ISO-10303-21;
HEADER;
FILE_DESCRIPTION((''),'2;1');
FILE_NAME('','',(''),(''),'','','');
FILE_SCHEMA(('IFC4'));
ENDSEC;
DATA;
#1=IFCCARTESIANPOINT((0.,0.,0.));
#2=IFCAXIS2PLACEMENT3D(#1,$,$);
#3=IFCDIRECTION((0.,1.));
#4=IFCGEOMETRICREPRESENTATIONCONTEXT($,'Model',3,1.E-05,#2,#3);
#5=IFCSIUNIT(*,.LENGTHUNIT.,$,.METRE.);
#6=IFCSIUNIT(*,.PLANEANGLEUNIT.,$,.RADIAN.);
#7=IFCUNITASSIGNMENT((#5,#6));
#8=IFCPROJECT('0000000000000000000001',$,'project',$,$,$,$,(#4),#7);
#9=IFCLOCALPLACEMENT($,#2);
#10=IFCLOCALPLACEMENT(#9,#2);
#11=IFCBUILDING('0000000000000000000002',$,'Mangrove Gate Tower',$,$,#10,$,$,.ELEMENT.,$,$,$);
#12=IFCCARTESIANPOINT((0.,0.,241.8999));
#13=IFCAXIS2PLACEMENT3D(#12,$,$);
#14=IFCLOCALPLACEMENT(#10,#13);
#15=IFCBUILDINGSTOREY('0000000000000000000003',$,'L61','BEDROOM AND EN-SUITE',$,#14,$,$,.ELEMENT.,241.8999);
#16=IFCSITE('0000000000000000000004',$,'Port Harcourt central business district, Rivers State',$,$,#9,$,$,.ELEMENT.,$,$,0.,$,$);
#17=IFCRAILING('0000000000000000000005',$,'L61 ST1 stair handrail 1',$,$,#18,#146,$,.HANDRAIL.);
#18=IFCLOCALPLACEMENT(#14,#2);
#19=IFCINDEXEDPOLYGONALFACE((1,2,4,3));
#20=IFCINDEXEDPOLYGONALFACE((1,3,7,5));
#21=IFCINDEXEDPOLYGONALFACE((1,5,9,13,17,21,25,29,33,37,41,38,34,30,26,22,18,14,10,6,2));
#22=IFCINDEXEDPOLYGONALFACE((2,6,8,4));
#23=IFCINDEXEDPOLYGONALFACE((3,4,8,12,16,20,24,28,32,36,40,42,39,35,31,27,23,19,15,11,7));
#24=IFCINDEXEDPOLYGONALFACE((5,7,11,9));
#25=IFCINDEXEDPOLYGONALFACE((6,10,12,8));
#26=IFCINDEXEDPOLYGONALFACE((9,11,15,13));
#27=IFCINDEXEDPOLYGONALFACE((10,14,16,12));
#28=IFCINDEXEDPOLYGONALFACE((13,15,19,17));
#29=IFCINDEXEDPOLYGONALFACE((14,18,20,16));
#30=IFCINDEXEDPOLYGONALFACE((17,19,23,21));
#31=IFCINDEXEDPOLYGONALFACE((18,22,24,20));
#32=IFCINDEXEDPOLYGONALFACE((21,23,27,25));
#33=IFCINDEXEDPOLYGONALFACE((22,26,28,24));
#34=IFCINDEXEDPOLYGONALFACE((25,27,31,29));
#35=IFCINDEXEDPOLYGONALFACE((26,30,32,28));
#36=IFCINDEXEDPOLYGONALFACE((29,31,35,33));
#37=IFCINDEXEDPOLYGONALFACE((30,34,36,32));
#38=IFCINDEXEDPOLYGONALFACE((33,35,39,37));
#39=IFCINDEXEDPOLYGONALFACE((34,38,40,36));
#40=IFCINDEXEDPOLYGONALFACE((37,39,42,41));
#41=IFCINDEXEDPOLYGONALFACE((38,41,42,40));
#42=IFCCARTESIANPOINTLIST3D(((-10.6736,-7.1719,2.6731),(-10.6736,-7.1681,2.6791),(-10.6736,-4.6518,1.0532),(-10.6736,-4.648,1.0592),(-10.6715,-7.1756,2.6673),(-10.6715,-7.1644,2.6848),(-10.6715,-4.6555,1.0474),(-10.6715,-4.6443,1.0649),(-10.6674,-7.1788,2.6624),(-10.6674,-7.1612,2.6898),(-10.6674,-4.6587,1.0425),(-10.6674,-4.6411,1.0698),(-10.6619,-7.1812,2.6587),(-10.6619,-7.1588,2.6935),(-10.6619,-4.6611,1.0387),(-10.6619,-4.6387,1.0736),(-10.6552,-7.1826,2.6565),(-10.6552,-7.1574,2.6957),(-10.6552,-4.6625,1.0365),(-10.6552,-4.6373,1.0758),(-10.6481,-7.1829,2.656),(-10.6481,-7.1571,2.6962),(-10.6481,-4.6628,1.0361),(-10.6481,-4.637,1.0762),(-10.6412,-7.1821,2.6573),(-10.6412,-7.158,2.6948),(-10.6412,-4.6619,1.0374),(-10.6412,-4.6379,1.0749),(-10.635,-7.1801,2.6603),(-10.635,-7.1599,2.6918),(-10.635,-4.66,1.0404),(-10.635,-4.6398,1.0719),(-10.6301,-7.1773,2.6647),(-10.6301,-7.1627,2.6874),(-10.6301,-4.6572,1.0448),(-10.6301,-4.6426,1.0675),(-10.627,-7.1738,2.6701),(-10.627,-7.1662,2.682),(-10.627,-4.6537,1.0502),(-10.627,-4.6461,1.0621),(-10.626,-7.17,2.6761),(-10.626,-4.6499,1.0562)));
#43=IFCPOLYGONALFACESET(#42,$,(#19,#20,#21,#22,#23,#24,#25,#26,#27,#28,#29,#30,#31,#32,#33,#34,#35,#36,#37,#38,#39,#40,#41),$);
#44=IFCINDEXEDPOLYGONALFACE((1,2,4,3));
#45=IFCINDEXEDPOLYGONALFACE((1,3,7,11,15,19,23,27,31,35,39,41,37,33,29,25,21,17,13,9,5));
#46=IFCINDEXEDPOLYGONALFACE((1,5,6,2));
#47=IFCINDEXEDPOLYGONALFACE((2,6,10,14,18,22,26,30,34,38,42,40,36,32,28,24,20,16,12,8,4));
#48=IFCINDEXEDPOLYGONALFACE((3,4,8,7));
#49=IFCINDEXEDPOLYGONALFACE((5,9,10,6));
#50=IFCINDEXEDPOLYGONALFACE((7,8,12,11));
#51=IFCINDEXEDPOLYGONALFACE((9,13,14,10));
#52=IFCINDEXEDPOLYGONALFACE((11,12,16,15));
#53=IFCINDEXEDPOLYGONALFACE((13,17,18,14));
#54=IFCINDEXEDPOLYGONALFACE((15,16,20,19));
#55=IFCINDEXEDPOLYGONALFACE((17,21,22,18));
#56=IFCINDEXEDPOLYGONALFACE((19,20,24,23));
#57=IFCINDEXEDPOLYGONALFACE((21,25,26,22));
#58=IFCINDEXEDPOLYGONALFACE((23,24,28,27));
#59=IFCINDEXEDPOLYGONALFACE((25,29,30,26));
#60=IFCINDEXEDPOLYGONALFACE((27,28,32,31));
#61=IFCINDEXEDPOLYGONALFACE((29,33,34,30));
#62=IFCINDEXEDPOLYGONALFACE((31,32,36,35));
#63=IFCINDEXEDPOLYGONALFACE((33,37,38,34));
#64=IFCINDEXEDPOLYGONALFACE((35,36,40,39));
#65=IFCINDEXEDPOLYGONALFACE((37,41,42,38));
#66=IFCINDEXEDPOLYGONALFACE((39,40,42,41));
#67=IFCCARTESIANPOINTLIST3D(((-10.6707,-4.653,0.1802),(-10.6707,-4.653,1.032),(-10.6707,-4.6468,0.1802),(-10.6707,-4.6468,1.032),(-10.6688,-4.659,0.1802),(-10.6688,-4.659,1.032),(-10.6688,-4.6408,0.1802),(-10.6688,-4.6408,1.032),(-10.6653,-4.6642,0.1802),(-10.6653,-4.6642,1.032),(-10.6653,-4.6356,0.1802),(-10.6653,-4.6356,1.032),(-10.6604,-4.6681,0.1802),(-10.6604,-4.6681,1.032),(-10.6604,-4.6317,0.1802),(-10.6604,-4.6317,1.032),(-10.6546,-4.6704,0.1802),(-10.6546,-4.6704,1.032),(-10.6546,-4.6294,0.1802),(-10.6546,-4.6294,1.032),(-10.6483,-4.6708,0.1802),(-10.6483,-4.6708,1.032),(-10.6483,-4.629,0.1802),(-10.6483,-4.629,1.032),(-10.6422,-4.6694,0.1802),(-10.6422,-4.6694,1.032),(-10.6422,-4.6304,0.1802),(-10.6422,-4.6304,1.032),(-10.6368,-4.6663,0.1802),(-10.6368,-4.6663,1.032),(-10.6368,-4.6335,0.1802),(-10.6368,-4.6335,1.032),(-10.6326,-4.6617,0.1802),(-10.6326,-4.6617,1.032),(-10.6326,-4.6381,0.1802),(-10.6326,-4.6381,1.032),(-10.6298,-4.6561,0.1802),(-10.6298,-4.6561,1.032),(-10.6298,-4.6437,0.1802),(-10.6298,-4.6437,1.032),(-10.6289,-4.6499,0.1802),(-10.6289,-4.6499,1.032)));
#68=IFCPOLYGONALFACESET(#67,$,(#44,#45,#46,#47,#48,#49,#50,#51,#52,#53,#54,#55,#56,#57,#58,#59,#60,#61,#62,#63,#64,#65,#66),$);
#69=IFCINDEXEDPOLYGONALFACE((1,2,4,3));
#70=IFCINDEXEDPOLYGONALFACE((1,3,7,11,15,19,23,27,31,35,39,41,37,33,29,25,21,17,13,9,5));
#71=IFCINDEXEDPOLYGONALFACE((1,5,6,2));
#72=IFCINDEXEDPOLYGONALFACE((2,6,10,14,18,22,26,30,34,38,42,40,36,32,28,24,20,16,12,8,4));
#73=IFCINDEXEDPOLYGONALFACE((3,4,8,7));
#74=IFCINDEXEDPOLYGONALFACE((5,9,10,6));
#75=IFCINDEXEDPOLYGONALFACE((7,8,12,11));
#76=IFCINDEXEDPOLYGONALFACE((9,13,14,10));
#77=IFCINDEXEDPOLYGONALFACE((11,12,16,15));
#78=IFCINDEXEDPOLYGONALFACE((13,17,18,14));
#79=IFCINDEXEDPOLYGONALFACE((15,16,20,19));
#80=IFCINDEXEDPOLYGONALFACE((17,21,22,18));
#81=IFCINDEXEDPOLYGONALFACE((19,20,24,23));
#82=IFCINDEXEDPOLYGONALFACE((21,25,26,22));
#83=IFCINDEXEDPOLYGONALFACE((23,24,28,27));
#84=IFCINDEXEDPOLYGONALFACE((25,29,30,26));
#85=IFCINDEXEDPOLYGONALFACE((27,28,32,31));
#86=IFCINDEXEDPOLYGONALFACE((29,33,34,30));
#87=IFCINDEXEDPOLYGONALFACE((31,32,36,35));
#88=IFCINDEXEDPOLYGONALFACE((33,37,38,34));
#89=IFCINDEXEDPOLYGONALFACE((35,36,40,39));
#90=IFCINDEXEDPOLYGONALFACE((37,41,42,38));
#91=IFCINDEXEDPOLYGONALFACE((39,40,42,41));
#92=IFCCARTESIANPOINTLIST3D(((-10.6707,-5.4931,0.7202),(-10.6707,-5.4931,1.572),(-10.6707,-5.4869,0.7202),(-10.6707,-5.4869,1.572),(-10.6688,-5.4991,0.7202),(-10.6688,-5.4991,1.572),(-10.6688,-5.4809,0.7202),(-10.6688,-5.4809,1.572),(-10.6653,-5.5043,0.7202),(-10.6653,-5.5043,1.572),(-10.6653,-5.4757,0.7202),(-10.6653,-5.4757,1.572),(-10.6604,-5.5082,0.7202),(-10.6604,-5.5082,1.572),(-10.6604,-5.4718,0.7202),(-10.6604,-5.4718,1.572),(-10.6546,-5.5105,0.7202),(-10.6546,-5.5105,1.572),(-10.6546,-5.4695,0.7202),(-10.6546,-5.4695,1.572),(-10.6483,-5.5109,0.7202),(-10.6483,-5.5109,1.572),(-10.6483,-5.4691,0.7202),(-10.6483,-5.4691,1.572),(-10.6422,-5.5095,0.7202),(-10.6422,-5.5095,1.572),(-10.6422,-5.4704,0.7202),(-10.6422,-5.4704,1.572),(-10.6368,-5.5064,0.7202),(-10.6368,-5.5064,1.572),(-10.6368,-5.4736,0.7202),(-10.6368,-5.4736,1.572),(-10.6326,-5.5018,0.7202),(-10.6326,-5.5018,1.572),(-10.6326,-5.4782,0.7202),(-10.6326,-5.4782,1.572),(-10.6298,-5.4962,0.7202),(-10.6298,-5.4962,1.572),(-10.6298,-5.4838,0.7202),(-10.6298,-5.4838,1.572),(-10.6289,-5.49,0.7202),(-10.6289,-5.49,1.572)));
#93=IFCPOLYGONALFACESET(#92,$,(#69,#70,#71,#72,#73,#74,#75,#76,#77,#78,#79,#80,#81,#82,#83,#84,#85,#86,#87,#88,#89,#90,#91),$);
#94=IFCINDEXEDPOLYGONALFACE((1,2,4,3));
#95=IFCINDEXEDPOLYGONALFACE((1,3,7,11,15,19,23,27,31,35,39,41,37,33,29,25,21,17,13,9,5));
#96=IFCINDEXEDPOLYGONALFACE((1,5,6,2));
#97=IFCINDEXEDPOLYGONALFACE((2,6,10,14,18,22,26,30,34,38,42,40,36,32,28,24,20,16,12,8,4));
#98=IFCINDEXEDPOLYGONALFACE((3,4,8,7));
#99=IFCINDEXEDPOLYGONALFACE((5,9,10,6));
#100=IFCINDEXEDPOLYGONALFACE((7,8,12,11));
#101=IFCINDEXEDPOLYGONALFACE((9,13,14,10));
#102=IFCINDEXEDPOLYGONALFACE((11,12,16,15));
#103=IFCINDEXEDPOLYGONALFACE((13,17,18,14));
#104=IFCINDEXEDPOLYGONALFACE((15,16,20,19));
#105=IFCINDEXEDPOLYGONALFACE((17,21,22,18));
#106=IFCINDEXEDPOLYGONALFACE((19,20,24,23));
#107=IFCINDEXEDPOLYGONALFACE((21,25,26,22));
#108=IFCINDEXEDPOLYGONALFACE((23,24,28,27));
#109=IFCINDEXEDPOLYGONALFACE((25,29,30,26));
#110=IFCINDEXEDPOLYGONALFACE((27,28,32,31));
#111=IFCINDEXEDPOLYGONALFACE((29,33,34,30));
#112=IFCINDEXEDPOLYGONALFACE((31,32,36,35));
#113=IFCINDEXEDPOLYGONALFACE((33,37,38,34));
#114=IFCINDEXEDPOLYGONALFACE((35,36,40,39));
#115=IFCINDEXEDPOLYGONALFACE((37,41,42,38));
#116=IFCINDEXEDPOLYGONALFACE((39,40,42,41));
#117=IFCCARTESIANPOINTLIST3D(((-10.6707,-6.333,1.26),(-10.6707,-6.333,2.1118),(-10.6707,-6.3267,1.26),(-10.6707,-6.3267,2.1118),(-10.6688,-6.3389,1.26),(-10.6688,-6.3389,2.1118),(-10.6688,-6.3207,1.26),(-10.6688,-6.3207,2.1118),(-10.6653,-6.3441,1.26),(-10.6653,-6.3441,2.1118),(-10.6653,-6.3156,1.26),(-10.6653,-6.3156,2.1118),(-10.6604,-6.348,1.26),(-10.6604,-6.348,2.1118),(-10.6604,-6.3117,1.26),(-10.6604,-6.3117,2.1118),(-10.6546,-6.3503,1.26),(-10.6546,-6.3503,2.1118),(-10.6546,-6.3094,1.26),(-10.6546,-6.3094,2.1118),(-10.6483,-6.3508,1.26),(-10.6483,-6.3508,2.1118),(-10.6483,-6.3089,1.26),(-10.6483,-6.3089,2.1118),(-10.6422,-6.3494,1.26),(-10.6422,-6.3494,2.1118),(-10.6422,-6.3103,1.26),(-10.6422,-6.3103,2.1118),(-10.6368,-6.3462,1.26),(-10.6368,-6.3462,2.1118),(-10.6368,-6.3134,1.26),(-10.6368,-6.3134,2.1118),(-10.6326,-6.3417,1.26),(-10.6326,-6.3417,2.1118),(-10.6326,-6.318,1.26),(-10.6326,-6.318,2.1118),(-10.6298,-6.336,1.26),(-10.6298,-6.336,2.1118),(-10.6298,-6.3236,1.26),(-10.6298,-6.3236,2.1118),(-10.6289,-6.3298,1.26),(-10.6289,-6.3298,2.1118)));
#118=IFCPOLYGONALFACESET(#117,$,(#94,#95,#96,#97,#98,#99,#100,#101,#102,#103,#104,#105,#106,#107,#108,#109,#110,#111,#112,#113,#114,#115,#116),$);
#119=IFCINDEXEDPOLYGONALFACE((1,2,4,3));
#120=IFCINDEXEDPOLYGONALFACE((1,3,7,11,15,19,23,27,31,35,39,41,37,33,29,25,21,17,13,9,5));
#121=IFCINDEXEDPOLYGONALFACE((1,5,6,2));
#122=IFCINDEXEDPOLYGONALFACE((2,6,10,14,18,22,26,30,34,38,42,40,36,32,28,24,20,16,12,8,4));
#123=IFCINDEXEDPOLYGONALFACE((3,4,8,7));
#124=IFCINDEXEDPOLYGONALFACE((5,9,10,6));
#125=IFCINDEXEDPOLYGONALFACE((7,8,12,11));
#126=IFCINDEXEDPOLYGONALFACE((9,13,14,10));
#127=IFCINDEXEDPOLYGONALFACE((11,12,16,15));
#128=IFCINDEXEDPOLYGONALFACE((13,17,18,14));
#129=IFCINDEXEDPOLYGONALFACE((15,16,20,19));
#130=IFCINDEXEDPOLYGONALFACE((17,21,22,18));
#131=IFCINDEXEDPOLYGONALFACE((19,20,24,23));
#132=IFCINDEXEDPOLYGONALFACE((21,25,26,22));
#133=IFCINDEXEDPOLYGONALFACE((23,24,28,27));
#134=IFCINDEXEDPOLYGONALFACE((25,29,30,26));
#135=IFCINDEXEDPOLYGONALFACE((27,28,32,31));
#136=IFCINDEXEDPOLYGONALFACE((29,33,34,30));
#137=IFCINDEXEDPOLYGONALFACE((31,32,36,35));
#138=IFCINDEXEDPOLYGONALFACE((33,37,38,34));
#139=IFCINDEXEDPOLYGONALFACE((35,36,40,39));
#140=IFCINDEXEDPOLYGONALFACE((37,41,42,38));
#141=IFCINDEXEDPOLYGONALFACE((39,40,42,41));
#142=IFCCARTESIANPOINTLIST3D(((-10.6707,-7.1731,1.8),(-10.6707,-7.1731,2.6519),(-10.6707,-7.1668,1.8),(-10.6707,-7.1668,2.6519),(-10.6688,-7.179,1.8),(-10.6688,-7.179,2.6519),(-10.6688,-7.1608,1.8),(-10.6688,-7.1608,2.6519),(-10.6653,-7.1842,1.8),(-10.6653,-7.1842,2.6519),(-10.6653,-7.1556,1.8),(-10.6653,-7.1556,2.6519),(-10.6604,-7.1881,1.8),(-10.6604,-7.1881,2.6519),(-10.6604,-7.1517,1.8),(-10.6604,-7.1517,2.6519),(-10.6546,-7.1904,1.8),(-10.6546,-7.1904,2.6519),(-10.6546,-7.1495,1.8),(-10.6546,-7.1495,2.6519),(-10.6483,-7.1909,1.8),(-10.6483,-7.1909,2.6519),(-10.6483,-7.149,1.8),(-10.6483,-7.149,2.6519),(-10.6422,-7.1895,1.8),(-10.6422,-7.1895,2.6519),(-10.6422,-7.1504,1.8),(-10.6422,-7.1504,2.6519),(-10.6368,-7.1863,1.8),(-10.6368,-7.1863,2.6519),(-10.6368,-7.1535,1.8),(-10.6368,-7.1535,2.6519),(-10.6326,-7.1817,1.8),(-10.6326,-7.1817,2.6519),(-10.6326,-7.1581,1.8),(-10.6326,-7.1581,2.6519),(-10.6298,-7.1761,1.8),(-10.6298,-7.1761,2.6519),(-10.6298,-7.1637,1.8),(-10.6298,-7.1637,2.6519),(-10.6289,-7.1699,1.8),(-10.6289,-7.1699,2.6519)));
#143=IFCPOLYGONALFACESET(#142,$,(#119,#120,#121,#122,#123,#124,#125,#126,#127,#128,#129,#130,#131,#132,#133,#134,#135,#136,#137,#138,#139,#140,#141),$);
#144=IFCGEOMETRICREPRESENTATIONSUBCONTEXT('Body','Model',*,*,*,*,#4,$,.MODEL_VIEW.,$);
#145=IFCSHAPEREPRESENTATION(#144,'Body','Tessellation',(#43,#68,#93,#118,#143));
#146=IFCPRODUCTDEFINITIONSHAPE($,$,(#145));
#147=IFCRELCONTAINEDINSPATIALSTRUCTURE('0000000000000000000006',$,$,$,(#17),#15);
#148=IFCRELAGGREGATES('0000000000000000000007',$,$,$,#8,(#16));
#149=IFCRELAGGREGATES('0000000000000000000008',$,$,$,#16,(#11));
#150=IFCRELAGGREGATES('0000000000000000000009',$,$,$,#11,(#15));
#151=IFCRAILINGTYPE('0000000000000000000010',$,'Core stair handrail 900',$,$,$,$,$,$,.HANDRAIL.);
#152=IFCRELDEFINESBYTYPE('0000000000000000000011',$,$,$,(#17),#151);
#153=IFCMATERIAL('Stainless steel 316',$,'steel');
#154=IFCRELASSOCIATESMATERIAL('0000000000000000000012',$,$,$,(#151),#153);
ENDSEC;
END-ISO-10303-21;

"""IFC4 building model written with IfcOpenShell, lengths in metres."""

from ifc_helpers import new_model, si_unit, direction, frame, origin, origin_2d, place, context, subcontext, project, spatial, circle, extrude, material, type_object, element, save


model = new_model("IFC4")

# Units and contexts
model_context = context("Model", 3, precision=1e-05, world=origin(), true_north=direction((0.0, 1.0)))
body_context = subcontext(model_context, "Body", "Model", "MODEL_VIEW")
ifc_project = project(units=[si_unit("LENGTHUNIT", "METRE"), si_unit("PLANEANGLEUNIT", "RADIAN")], contexts=[model_context])

# Site, building, storey
site_placement = place(None, origin())
site = spatial("IfcSite", under=ifc_project, at=site_placement, Name="Port Harcourt central business district, Rivers State", CompositionType="ELEMENT", RefElevation=0.0)
building_placement = place(site_placement, origin())
building = spatial("IfcBuilding", under=site, at=building_placement, Name="Mangrove Gate Tower", CompositionType="ELEMENT")
storey_placement = place(building_placement, frame((0.0, 0.0, 241.8999)))
storey = spatial("IfcBuildingStorey", under=building, at=storey_placement, Name="L61", Description="BEDROOM AND EN-SUITE", CompositionType="ELEMENT", Elevation=241.8999)

# Railing
ifc_material_1 = material(Name="Stainless steel 316", Category="steel")
railing_type_1 = type_object("IfcRailingType", Name="Core stair handrail 900", PredefinedType="HANDRAIL", material=ifc_material_1)
railing_1_placement = place(storey_placement, frame((-10.6499, -4.6499, 0.1802)))
element("IfcRailing", 1, at=railing_1_placement, inside=storey, type_object=railing_type_1, Name="L61 ST1 stair handrail 1", PredefinedType="HANDRAIL", context=body_context, shape_type="SweptSolid", body=[
    extrude(circle(Radius=0.0239, at=origin_2d()), frame((0.0, 0.0, 0.876), z_axis=(0.0, -0.8412, 0.540725), x_axis=(1.0, 0.0, 0.0)), (0.0, 0.0, 1.0), 2.9958),
    extrude(circle(Radius=0.021, at=origin_2d()), origin(), (0.0, 0.0, 1.0), 0.8518),
    extrude(circle(Radius=0.021, at=origin_2d()), frame((0.0, -0.8401, 0.54)), (0.0, 0.0, 1.0), 0.8518),
    extrude(circle(Radius=0.021, at=origin_2d()), frame((0.0, -1.6799, 1.0798)), (0.0, 0.0, 1.0), 0.8518),
    extrude(circle(Radius=0.021, at=origin_2d()), frame((0.0, -2.52, 1.6199)), (0.0, 0.0, 1.0), 0.8518),
])

save(model, "model.ifc")
